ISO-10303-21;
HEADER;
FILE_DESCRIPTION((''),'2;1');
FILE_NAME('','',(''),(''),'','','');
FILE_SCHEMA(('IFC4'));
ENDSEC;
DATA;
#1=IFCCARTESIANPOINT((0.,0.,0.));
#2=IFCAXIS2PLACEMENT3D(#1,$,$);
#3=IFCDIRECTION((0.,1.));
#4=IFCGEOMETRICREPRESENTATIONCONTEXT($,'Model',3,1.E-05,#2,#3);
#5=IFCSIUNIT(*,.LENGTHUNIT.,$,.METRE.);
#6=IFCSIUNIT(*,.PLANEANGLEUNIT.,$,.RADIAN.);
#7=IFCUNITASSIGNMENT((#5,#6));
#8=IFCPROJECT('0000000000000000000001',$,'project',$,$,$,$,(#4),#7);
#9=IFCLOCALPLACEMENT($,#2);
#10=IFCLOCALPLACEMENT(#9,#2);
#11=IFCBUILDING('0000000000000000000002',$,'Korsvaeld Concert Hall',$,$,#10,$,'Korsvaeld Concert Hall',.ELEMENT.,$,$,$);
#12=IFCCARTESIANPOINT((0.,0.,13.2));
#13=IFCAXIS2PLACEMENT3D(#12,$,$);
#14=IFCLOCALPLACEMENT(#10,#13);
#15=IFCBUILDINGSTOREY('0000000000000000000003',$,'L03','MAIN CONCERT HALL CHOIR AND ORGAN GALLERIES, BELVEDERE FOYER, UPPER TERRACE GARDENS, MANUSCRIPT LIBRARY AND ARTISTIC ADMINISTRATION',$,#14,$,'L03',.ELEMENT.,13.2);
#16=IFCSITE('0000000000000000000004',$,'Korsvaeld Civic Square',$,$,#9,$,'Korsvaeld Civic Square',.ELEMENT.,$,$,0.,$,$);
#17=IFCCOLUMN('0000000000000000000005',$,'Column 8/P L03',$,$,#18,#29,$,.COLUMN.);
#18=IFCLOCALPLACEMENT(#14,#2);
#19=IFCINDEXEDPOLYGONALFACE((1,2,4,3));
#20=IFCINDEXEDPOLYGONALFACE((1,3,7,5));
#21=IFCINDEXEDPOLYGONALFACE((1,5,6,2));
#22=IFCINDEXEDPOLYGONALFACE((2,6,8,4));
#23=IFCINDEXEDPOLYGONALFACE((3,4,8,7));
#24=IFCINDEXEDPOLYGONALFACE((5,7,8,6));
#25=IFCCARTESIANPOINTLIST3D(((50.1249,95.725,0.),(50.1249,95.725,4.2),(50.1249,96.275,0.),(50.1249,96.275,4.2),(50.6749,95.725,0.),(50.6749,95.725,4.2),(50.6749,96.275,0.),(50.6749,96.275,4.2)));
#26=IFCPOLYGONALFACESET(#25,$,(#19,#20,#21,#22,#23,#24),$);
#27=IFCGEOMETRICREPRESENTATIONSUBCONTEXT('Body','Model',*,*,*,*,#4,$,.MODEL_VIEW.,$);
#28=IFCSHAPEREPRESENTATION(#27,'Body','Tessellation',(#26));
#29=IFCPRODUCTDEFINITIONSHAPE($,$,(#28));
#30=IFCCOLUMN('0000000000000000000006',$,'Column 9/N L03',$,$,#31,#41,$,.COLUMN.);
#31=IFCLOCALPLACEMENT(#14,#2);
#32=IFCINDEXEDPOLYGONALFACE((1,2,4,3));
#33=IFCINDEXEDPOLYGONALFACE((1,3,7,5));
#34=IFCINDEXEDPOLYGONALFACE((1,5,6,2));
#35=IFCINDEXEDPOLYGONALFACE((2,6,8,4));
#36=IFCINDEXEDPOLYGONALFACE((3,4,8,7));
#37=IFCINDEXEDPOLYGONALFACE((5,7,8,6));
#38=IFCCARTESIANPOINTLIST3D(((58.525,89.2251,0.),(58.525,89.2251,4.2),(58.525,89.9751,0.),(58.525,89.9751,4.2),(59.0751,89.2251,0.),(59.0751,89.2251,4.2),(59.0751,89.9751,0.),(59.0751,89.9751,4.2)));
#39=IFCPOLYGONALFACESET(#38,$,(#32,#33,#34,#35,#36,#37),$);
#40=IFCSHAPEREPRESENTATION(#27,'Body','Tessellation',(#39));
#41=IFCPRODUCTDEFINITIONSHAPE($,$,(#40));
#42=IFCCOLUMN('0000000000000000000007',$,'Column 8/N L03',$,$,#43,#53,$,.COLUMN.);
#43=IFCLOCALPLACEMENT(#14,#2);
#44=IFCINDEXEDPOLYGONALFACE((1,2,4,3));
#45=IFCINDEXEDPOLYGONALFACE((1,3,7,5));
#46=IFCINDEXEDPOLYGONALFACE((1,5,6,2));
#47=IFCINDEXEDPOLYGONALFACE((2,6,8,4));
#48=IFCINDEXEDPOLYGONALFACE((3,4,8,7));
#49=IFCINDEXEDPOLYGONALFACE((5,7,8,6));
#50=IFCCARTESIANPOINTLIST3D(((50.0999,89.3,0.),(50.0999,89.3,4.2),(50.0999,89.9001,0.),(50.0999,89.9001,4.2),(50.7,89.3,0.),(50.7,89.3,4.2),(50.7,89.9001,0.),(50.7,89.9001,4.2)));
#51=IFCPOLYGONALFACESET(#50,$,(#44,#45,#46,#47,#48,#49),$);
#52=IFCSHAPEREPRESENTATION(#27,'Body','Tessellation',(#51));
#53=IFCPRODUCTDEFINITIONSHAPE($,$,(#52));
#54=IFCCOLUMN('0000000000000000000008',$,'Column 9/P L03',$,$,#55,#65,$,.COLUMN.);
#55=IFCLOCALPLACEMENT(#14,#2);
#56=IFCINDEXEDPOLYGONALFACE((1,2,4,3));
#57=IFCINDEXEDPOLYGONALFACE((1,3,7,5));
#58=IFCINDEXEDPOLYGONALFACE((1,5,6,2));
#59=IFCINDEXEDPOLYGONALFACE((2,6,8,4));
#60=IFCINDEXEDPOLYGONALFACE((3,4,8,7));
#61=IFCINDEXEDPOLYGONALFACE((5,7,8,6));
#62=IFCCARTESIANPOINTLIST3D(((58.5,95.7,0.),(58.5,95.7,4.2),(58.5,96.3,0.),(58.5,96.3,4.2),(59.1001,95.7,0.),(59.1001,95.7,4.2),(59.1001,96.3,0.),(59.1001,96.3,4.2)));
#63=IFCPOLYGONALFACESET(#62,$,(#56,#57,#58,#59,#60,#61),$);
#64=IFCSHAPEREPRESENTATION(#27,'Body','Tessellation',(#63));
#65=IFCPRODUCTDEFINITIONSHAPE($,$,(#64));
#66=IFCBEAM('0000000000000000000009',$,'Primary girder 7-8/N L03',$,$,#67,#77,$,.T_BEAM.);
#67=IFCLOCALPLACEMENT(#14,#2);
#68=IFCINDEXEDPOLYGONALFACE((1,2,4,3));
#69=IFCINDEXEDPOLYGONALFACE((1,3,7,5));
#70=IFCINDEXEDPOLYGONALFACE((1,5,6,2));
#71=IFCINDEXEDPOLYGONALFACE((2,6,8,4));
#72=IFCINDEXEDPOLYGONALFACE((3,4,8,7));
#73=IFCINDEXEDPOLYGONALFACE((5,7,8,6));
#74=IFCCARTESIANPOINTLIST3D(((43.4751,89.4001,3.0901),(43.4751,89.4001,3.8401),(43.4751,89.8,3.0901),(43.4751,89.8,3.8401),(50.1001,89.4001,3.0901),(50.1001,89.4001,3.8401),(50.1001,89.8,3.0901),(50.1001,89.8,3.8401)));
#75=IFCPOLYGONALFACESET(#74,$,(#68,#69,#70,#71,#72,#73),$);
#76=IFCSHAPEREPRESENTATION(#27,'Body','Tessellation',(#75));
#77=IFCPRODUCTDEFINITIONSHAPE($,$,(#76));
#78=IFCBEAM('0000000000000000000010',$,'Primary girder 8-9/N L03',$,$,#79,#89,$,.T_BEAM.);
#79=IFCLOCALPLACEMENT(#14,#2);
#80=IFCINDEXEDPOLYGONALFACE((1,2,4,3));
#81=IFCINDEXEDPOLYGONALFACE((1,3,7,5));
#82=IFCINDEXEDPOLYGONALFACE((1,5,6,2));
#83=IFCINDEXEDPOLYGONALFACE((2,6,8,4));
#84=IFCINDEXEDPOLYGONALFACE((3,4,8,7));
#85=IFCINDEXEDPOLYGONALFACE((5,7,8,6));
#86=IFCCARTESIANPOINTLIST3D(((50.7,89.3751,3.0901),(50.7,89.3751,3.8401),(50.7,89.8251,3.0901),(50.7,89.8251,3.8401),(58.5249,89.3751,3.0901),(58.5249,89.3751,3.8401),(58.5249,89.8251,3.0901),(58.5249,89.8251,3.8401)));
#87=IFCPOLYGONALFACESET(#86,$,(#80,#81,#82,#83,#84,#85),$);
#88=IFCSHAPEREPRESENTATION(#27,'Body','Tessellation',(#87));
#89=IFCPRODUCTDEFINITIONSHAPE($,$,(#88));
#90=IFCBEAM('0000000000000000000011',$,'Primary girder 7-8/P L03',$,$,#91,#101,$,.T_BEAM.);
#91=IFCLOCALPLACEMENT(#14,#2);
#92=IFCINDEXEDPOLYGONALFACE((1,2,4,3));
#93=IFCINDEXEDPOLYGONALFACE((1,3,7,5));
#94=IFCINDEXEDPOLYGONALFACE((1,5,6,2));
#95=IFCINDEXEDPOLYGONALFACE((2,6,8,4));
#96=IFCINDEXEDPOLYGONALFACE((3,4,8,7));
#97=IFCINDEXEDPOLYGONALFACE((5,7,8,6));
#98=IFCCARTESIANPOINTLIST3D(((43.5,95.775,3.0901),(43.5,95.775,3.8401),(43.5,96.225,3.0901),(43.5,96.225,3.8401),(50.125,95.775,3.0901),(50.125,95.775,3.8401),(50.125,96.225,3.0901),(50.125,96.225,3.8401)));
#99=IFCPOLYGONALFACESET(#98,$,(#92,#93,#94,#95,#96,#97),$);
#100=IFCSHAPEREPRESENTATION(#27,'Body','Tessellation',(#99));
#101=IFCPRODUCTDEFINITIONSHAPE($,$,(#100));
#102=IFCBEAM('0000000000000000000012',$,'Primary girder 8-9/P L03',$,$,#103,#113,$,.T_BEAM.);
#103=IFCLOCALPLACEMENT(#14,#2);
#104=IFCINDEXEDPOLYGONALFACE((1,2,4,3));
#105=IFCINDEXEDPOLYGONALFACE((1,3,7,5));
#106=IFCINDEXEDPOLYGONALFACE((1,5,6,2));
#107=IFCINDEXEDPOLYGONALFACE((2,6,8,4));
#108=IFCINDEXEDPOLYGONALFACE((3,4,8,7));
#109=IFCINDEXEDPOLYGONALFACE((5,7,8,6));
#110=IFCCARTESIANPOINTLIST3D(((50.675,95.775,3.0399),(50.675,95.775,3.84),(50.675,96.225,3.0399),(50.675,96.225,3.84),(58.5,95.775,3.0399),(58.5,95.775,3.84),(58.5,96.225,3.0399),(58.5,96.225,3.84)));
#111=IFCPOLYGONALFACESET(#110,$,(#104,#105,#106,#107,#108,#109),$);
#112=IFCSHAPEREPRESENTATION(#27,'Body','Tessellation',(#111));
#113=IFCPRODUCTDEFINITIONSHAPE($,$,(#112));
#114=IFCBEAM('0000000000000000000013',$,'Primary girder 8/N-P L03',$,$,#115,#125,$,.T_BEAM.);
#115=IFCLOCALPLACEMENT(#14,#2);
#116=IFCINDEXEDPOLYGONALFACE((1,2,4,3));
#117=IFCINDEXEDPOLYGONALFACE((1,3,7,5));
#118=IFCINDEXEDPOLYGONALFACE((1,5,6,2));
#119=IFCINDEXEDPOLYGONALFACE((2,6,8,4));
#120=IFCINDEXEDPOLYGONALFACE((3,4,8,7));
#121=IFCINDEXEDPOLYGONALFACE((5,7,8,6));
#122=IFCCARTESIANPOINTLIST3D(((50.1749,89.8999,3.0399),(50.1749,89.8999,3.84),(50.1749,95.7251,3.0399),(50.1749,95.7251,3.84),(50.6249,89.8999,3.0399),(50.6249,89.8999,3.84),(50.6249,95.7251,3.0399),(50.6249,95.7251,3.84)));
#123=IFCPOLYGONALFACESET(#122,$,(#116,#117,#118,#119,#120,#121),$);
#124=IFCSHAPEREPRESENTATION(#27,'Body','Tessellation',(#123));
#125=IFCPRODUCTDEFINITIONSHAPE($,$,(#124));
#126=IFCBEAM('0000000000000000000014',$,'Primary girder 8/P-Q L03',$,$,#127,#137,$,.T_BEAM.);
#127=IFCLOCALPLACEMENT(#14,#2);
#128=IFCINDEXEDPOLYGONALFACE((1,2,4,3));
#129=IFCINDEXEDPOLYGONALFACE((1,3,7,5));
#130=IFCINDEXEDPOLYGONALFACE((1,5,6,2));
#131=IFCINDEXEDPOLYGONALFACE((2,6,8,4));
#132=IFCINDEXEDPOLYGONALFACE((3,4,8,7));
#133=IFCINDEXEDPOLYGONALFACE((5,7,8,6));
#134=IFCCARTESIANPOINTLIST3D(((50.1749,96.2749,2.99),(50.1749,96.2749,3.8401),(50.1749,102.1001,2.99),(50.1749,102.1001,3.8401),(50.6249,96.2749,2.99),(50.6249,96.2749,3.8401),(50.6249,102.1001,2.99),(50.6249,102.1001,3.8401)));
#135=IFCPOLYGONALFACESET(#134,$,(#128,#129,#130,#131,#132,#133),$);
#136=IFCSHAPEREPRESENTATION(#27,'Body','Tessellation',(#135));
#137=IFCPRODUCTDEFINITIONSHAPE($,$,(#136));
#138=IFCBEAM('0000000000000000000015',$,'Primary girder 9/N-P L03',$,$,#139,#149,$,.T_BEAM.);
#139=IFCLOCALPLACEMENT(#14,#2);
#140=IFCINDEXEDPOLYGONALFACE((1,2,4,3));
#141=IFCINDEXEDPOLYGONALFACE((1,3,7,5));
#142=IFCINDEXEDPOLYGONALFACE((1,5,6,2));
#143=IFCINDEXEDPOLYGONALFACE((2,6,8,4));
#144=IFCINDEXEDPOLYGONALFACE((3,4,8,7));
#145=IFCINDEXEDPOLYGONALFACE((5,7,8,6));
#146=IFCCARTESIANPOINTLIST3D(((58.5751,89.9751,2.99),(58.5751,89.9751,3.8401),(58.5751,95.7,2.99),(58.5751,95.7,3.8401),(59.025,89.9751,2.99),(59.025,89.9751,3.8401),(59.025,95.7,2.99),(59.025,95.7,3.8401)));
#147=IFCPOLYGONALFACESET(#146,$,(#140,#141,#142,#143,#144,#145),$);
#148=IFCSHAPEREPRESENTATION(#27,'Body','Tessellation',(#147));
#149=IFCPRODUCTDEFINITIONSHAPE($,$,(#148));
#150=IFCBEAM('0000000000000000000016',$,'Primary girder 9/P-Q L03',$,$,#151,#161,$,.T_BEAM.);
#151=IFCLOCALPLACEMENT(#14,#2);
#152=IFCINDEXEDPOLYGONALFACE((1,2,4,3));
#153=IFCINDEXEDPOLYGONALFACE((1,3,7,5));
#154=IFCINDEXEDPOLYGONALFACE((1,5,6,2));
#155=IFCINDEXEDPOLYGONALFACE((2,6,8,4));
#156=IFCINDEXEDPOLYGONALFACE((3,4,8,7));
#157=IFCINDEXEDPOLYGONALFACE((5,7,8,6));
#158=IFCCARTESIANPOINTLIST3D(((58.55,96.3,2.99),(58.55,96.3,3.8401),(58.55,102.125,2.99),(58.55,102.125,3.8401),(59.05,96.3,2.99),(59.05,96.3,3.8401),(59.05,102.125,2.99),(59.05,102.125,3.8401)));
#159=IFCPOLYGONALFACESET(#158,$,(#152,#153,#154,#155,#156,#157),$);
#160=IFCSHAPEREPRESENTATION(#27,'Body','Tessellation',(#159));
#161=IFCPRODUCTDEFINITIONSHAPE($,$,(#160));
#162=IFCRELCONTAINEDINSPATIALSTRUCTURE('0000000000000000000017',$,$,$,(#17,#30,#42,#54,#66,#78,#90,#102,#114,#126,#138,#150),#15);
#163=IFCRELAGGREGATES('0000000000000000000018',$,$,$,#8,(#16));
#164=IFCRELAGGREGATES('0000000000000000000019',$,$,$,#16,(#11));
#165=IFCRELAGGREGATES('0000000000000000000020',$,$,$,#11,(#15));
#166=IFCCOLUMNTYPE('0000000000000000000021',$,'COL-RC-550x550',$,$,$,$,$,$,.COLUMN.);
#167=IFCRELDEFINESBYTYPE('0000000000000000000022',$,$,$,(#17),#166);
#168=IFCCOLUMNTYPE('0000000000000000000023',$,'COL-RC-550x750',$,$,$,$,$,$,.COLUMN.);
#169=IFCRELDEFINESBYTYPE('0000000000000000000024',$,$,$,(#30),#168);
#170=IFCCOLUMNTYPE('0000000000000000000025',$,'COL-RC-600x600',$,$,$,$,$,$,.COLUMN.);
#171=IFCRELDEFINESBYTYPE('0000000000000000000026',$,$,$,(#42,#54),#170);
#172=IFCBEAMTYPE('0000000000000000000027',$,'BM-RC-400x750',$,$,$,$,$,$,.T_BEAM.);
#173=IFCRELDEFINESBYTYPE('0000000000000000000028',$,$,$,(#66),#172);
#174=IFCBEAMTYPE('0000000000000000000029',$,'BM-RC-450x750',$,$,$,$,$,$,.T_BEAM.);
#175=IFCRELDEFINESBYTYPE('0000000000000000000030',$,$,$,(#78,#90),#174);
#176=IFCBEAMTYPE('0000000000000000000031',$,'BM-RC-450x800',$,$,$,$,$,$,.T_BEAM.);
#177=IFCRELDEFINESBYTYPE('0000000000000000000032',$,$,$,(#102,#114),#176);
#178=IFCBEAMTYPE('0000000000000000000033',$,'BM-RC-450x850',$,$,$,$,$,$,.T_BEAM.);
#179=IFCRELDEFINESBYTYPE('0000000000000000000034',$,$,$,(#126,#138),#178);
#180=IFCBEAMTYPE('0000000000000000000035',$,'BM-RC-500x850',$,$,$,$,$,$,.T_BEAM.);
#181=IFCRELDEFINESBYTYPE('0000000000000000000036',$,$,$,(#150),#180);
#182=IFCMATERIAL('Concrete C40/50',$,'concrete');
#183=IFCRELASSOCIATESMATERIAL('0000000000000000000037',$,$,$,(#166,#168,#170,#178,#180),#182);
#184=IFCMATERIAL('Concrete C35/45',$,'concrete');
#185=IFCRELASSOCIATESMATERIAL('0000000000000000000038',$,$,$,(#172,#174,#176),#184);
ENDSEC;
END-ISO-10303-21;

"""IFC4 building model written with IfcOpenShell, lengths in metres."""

from ifc_helpers import new_model, si_unit, direction, frame, origin, origin_2d, place, context, subcontext, project, spatial, rectangle, extrude, material, material_profile, profile_set, type_object, element, save


model = new_model("IFC4")

# Units and contexts
model_context = context("Model", 3, precision=1e-05, world=origin(), true_north=direction((0.0, 1.0)))
body_context = subcontext(model_context, "Body", "Model", "MODEL_VIEW")
ifc_project = project(units=[si_unit("LENGTHUNIT", "METRE"), si_unit("PLANEANGLEUNIT", "RADIAN")], contexts=[model_context])

# Site, building, storey
site_placement = place(None, origin())
site = spatial("IfcSite", under=ifc_project, at=site_placement, Name="Korsvaeld Civic Square", LongName="Korsvaeld Civic Square", CompositionType="ELEMENT", RefElevation=0.0)
building_placement = place(site_placement, origin())
building = spatial("IfcBuilding", under=site, at=building_placement, Name="Korsvaeld Concert Hall", LongName="Korsvaeld Concert Hall", CompositionType="ELEMENT")
storey_placement = place(building_placement, frame((0.0, 0.0, 13.2)))
storey = spatial("IfcBuildingStorey", under=building, at=storey_placement, Name="L03", Description="MAIN CONCERT HALL CHOIR AND ORGAN GALLERIES, BELVEDERE FOYER, UPPER TERRACE GARDENS, MANUSCRIPT LIBRARY AND ARTISTIC ADMINISTRATION", LongName="L03", CompositionType="ELEMENT", Elevation=13.2)

# Columns
ifc_material_1 = material(Name="Concrete C40/50", Category="concrete")
ifc_material_profile_1 = material_profile(ifc_material_1, rectangle(XDim=0.55, YDim=0.55, at=origin_2d()), Name="RC 550x550")
ifc_profile_set_1 = profile_set([ifc_material_profile_1], Name="Concrete C40/50")
column_type_1 = type_object("IfcColumnType", Name="COL-RC-550x550", PredefinedType="COLUMN", material=ifc_profile_set_1)
column_1_placement = place(storey_placement, frame((50.3999, 96.0, 0.0), z_axis=(0.0, 0.0, 1.0), x_axis=(1.0, 0.0, 0.0)))
element("IfcColumn", 1, at=column_1_placement, inside=storey, type_object=column_type_1, Name="Column 8/P L03", PredefinedType="COLUMN", context=body_context, shape_type="SweptSolid", body=[
    extrude(rectangle(XDim=0.55, YDim=0.55, at=origin_2d()), origin(), (0.0, 0.0, 1.0), 4.2),
])
ifc_material_profile_2 = material_profile(ifc_material_1, rectangle(XDim=0.55, YDim=0.75, at=origin_2d()), Name="RC 550x750")
ifc_profile_set_2 = profile_set([ifc_material_profile_2], Name="Concrete C40/50")
column_type_2 = type_object("IfcColumnType", Name="COL-RC-550x750", PredefinedType="COLUMN", material=ifc_profile_set_2)
column_2_placement = place(storey_placement, frame((58.8, 89.6001, 0.0), z_axis=(0.0, 0.0, 1.0), x_axis=(1.0, 0.0, 0.0)))
element("IfcColumn", 2, at=column_2_placement, inside=storey, type_object=column_type_2, Name="Column 9/N L03", PredefinedType="COLUMN", context=body_context, shape_type="SweptSolid", body=[
    extrude(rectangle(XDim=0.55, YDim=0.75, at=origin_2d()), origin(), (0.0, 0.0, 1.0), 4.2),
])
ifc_material_profile_3 = material_profile(ifc_material_1, rectangle(XDim=0.6001, YDim=0.6001, at=origin_2d()), Name="RC 600x600")
ifc_profile_set_3 = profile_set([ifc_material_profile_3], Name="Concrete C40/50")
column_type_3 = type_object("IfcColumnType", Name="COL-RC-600x600", PredefinedType="COLUMN", material=ifc_profile_set_3)
for number, where, z_axis, x_axis, name in (
    (3, (50.3999, 89.6001, 0.0), (0.0, 0.0, 1.0), (1.0, 0.0, 0.0), "Column 8/N L03"),
    (4, (58.8, 96.0, 0.0), (0.0, 0.0, 1.0), (1.0, 0.0, 0.0), "Column 9/P L03"),
):
    element("IfcColumn", number, at=place(storey_placement, frame(where, z_axis=z_axis, x_axis=x_axis)), inside=storey, type_object=column_type_3, Name=name, PredefinedType="COLUMN", context=body_context, shape_type="SweptSolid", body=[
        extrude(rectangle(XDim=0.6001, YDim=0.6001, at=origin_2d()), origin(), (0.0, 0.0, 1.0), 4.2),
    ])

# Beams
ifc_material_2 = material(Name="Concrete C35/45", Category="concrete")
ifc_material_profile_4 = material_profile(ifc_material_2, rectangle(XDim=0.3999, YDim=0.75, at=origin_2d()), Name="RC 400x750")
ifc_profile_set_4 = profile_set([ifc_material_profile_4], Name="Concrete C35/45")
beam_type_1 = type_object("IfcBeamType", Name="BM-RC-400x750", PredefinedType="T_BEAM", material=ifc_profile_set_4)
beam_1_placement = place(storey_placement, frame((43.4751, 89.6001, 3.4651), z_axis=(1.0, 0.0, 0.0), x_axis=(0.0, 1.0, 0.0)))
element("IfcBeam", 5, at=beam_1_placement, inside=storey, type_object=beam_type_1, Name="Primary girder 7-8/N L03", PredefinedType="T_BEAM", context=body_context, shape_type="SweptSolid", body=[
    extrude(rectangle(XDim=0.3999, YDim=0.75, at=origin_2d()), origin(), (0.0, 0.0, 1.0), 6.625),
])
ifc_material_profile_5 = material_profile(ifc_material_2, rectangle(XDim=0.45, YDim=0.75, at=origin_2d()), Name="RC 450x750")
ifc_profile_set_5 = profile_set([ifc_material_profile_5], Name="Concrete C35/45")
beam_type_2 = type_object("IfcBeamType", Name="BM-RC-450x750", PredefinedType="T_BEAM", material=ifc_profile_set_5)
beam_2_placement = place(storey_placement, frame((50.7, 89.6001, 3.4651), z_axis=(1.0, 0.0, 0.0), x_axis=(0.0, 1.0, 0.0)))
element("IfcBeam", 6, at=beam_2_placement, inside=storey, type_object=beam_type_2, Name="Primary girder 8-9/N L03", PredefinedType="T_BEAM", context=body_context, shape_type="SweptSolid", body=[
    extrude(rectangle(XDim=0.45, YDim=0.75, at=origin_2d()), origin(), (0.0, 0.0, 1.0), 7.825),
])
beam_3_placement = place(storey_placement, frame((43.5, 96.0, 3.4651), z_axis=(1.0, 0.0, 0.0), x_axis=(0.0, 1.0, 0.0)))
element("IfcBeam", 7, at=beam_3_placement, inside=storey, type_object=beam_type_2, Name="Primary girder 7-8/P L03", PredefinedType="T_BEAM", context=body_context, shape_type="SweptSolid", body=[
    extrude(rectangle(XDim=0.45, YDim=0.75, at=origin_2d()), origin(), (0.0, 0.0, 1.0), 6.625),
])
ifc_material_profile_6 = material_profile(ifc_material_2, rectangle(XDim=0.45, YDim=0.8, at=origin_2d()), Name="RC 450x800")
ifc_profile_set_6 = profile_set([ifc_material_profile_6], Name="Concrete C35/45")
beam_type_3 = type_object("IfcBeamType", Name="BM-RC-450x800", PredefinedType="T_BEAM", material=ifc_profile_set_6)
beam_4_placement = place(storey_placement, frame((50.675, 96.0, 3.4399), z_axis=(1.0, 0.0, 0.0), x_axis=(0.0, 1.0, 0.0)))
element("IfcBeam", 8, at=beam_4_placement, inside=storey, type_object=beam_type_3, Name="Primary girder 8-9/P L03", PredefinedType="T_BEAM", context=body_context, shape_type="SweptSolid", body=[
    extrude(rectangle(XDim=0.45, YDim=0.8, at=origin_2d()), origin(), (0.0, 0.0, 1.0), 7.825),
])
beam_5_placement = place(storey_placement, frame((50.3999, 89.8999, 3.4399), z_axis=(0.0, 1.0, 0.0), x_axis=(-1.0, 0.0, 0.0)))
element("IfcBeam", 9, at=beam_5_placement, inside=storey, type_object=beam_type_3, Name="Primary girder 8/N-P L03", PredefinedType="T_BEAM", context=body_context, shape_type="SweptSolid", body=[
    extrude(rectangle(XDim=0.45, YDim=0.8, at=origin_2d()), origin(), (0.0, 0.0, 1.0), 5.8252),
])
ifc_material_profile_7 = material_profile(ifc_material_1, rectangle(XDim=0.45, YDim=0.8501, at=origin_2d()), Name="RC 450x850")
ifc_profile_set_7 = profile_set([ifc_material_profile_7], Name="Concrete C40/50")
beam_type_4 = type_object("IfcBeamType", Name="BM-RC-450x850", PredefinedType="T_BEAM", material=ifc_profile_set_7)
beam_6_placement = place(storey_placement, frame((50.3999, 96.2749, 3.415), z_axis=(0.0, 1.0, 0.0), x_axis=(-1.0, 0.0, 0.0)))
element("IfcBeam", 10, at=beam_6_placement, inside=storey, type_object=beam_type_4, Name="Primary girder 8/P-Q L03", PredefinedType="T_BEAM", context=body_context, shape_type="SweptSolid", body=[
    extrude(rectangle(XDim=0.45, YDim=0.8501, at=origin_2d()), origin(), (0.0, 0.0, 1.0), 5.8252),
])
beam_7_placement = place(storey_placement, frame((58.8, 89.9751, 3.415), z_axis=(0.0, 1.0, 0.0), x_axis=(-1.0, 0.0, 0.0)))
element("IfcBeam", 11, at=beam_7_placement, inside=storey, type_object=beam_type_4, Name="Primary girder 9/N-P L03", PredefinedType="T_BEAM", context=body_context, shape_type="SweptSolid", body=[
    extrude(rectangle(XDim=0.45, YDim=0.8501, at=origin_2d()), origin(), (0.0, 0.0, 1.0), 5.7249),
])
ifc_material_profile_8 = material_profile(ifc_material_1, rectangle(XDim=0.5, YDim=0.8501, at=origin_2d()), Name="RC 500x850")
ifc_profile_set_8 = profile_set([ifc_material_profile_8], Name="Concrete C40/50")
beam_type_5 = type_object("IfcBeamType", Name="BM-RC-500x850", PredefinedType="T_BEAM", material=ifc_profile_set_8)
beam_8_placement = place(storey_placement, frame((58.8, 96.3, 3.415), z_axis=(0.0, 1.0, 0.0), x_axis=(-1.0, 0.0, 0.0)))
element("IfcBeam", 12, at=beam_8_placement, inside=storey, type_object=beam_type_5, Name="Primary girder 9/P-Q L03", PredefinedType="T_BEAM", context=body_context, shape_type="SweptSolid", body=[
    extrude(rectangle(XDim=0.5, YDim=0.8501, at=origin_2d()), origin(), (0.0, 0.0, 1.0), 5.825),
])

save(model, "model.ifc")
